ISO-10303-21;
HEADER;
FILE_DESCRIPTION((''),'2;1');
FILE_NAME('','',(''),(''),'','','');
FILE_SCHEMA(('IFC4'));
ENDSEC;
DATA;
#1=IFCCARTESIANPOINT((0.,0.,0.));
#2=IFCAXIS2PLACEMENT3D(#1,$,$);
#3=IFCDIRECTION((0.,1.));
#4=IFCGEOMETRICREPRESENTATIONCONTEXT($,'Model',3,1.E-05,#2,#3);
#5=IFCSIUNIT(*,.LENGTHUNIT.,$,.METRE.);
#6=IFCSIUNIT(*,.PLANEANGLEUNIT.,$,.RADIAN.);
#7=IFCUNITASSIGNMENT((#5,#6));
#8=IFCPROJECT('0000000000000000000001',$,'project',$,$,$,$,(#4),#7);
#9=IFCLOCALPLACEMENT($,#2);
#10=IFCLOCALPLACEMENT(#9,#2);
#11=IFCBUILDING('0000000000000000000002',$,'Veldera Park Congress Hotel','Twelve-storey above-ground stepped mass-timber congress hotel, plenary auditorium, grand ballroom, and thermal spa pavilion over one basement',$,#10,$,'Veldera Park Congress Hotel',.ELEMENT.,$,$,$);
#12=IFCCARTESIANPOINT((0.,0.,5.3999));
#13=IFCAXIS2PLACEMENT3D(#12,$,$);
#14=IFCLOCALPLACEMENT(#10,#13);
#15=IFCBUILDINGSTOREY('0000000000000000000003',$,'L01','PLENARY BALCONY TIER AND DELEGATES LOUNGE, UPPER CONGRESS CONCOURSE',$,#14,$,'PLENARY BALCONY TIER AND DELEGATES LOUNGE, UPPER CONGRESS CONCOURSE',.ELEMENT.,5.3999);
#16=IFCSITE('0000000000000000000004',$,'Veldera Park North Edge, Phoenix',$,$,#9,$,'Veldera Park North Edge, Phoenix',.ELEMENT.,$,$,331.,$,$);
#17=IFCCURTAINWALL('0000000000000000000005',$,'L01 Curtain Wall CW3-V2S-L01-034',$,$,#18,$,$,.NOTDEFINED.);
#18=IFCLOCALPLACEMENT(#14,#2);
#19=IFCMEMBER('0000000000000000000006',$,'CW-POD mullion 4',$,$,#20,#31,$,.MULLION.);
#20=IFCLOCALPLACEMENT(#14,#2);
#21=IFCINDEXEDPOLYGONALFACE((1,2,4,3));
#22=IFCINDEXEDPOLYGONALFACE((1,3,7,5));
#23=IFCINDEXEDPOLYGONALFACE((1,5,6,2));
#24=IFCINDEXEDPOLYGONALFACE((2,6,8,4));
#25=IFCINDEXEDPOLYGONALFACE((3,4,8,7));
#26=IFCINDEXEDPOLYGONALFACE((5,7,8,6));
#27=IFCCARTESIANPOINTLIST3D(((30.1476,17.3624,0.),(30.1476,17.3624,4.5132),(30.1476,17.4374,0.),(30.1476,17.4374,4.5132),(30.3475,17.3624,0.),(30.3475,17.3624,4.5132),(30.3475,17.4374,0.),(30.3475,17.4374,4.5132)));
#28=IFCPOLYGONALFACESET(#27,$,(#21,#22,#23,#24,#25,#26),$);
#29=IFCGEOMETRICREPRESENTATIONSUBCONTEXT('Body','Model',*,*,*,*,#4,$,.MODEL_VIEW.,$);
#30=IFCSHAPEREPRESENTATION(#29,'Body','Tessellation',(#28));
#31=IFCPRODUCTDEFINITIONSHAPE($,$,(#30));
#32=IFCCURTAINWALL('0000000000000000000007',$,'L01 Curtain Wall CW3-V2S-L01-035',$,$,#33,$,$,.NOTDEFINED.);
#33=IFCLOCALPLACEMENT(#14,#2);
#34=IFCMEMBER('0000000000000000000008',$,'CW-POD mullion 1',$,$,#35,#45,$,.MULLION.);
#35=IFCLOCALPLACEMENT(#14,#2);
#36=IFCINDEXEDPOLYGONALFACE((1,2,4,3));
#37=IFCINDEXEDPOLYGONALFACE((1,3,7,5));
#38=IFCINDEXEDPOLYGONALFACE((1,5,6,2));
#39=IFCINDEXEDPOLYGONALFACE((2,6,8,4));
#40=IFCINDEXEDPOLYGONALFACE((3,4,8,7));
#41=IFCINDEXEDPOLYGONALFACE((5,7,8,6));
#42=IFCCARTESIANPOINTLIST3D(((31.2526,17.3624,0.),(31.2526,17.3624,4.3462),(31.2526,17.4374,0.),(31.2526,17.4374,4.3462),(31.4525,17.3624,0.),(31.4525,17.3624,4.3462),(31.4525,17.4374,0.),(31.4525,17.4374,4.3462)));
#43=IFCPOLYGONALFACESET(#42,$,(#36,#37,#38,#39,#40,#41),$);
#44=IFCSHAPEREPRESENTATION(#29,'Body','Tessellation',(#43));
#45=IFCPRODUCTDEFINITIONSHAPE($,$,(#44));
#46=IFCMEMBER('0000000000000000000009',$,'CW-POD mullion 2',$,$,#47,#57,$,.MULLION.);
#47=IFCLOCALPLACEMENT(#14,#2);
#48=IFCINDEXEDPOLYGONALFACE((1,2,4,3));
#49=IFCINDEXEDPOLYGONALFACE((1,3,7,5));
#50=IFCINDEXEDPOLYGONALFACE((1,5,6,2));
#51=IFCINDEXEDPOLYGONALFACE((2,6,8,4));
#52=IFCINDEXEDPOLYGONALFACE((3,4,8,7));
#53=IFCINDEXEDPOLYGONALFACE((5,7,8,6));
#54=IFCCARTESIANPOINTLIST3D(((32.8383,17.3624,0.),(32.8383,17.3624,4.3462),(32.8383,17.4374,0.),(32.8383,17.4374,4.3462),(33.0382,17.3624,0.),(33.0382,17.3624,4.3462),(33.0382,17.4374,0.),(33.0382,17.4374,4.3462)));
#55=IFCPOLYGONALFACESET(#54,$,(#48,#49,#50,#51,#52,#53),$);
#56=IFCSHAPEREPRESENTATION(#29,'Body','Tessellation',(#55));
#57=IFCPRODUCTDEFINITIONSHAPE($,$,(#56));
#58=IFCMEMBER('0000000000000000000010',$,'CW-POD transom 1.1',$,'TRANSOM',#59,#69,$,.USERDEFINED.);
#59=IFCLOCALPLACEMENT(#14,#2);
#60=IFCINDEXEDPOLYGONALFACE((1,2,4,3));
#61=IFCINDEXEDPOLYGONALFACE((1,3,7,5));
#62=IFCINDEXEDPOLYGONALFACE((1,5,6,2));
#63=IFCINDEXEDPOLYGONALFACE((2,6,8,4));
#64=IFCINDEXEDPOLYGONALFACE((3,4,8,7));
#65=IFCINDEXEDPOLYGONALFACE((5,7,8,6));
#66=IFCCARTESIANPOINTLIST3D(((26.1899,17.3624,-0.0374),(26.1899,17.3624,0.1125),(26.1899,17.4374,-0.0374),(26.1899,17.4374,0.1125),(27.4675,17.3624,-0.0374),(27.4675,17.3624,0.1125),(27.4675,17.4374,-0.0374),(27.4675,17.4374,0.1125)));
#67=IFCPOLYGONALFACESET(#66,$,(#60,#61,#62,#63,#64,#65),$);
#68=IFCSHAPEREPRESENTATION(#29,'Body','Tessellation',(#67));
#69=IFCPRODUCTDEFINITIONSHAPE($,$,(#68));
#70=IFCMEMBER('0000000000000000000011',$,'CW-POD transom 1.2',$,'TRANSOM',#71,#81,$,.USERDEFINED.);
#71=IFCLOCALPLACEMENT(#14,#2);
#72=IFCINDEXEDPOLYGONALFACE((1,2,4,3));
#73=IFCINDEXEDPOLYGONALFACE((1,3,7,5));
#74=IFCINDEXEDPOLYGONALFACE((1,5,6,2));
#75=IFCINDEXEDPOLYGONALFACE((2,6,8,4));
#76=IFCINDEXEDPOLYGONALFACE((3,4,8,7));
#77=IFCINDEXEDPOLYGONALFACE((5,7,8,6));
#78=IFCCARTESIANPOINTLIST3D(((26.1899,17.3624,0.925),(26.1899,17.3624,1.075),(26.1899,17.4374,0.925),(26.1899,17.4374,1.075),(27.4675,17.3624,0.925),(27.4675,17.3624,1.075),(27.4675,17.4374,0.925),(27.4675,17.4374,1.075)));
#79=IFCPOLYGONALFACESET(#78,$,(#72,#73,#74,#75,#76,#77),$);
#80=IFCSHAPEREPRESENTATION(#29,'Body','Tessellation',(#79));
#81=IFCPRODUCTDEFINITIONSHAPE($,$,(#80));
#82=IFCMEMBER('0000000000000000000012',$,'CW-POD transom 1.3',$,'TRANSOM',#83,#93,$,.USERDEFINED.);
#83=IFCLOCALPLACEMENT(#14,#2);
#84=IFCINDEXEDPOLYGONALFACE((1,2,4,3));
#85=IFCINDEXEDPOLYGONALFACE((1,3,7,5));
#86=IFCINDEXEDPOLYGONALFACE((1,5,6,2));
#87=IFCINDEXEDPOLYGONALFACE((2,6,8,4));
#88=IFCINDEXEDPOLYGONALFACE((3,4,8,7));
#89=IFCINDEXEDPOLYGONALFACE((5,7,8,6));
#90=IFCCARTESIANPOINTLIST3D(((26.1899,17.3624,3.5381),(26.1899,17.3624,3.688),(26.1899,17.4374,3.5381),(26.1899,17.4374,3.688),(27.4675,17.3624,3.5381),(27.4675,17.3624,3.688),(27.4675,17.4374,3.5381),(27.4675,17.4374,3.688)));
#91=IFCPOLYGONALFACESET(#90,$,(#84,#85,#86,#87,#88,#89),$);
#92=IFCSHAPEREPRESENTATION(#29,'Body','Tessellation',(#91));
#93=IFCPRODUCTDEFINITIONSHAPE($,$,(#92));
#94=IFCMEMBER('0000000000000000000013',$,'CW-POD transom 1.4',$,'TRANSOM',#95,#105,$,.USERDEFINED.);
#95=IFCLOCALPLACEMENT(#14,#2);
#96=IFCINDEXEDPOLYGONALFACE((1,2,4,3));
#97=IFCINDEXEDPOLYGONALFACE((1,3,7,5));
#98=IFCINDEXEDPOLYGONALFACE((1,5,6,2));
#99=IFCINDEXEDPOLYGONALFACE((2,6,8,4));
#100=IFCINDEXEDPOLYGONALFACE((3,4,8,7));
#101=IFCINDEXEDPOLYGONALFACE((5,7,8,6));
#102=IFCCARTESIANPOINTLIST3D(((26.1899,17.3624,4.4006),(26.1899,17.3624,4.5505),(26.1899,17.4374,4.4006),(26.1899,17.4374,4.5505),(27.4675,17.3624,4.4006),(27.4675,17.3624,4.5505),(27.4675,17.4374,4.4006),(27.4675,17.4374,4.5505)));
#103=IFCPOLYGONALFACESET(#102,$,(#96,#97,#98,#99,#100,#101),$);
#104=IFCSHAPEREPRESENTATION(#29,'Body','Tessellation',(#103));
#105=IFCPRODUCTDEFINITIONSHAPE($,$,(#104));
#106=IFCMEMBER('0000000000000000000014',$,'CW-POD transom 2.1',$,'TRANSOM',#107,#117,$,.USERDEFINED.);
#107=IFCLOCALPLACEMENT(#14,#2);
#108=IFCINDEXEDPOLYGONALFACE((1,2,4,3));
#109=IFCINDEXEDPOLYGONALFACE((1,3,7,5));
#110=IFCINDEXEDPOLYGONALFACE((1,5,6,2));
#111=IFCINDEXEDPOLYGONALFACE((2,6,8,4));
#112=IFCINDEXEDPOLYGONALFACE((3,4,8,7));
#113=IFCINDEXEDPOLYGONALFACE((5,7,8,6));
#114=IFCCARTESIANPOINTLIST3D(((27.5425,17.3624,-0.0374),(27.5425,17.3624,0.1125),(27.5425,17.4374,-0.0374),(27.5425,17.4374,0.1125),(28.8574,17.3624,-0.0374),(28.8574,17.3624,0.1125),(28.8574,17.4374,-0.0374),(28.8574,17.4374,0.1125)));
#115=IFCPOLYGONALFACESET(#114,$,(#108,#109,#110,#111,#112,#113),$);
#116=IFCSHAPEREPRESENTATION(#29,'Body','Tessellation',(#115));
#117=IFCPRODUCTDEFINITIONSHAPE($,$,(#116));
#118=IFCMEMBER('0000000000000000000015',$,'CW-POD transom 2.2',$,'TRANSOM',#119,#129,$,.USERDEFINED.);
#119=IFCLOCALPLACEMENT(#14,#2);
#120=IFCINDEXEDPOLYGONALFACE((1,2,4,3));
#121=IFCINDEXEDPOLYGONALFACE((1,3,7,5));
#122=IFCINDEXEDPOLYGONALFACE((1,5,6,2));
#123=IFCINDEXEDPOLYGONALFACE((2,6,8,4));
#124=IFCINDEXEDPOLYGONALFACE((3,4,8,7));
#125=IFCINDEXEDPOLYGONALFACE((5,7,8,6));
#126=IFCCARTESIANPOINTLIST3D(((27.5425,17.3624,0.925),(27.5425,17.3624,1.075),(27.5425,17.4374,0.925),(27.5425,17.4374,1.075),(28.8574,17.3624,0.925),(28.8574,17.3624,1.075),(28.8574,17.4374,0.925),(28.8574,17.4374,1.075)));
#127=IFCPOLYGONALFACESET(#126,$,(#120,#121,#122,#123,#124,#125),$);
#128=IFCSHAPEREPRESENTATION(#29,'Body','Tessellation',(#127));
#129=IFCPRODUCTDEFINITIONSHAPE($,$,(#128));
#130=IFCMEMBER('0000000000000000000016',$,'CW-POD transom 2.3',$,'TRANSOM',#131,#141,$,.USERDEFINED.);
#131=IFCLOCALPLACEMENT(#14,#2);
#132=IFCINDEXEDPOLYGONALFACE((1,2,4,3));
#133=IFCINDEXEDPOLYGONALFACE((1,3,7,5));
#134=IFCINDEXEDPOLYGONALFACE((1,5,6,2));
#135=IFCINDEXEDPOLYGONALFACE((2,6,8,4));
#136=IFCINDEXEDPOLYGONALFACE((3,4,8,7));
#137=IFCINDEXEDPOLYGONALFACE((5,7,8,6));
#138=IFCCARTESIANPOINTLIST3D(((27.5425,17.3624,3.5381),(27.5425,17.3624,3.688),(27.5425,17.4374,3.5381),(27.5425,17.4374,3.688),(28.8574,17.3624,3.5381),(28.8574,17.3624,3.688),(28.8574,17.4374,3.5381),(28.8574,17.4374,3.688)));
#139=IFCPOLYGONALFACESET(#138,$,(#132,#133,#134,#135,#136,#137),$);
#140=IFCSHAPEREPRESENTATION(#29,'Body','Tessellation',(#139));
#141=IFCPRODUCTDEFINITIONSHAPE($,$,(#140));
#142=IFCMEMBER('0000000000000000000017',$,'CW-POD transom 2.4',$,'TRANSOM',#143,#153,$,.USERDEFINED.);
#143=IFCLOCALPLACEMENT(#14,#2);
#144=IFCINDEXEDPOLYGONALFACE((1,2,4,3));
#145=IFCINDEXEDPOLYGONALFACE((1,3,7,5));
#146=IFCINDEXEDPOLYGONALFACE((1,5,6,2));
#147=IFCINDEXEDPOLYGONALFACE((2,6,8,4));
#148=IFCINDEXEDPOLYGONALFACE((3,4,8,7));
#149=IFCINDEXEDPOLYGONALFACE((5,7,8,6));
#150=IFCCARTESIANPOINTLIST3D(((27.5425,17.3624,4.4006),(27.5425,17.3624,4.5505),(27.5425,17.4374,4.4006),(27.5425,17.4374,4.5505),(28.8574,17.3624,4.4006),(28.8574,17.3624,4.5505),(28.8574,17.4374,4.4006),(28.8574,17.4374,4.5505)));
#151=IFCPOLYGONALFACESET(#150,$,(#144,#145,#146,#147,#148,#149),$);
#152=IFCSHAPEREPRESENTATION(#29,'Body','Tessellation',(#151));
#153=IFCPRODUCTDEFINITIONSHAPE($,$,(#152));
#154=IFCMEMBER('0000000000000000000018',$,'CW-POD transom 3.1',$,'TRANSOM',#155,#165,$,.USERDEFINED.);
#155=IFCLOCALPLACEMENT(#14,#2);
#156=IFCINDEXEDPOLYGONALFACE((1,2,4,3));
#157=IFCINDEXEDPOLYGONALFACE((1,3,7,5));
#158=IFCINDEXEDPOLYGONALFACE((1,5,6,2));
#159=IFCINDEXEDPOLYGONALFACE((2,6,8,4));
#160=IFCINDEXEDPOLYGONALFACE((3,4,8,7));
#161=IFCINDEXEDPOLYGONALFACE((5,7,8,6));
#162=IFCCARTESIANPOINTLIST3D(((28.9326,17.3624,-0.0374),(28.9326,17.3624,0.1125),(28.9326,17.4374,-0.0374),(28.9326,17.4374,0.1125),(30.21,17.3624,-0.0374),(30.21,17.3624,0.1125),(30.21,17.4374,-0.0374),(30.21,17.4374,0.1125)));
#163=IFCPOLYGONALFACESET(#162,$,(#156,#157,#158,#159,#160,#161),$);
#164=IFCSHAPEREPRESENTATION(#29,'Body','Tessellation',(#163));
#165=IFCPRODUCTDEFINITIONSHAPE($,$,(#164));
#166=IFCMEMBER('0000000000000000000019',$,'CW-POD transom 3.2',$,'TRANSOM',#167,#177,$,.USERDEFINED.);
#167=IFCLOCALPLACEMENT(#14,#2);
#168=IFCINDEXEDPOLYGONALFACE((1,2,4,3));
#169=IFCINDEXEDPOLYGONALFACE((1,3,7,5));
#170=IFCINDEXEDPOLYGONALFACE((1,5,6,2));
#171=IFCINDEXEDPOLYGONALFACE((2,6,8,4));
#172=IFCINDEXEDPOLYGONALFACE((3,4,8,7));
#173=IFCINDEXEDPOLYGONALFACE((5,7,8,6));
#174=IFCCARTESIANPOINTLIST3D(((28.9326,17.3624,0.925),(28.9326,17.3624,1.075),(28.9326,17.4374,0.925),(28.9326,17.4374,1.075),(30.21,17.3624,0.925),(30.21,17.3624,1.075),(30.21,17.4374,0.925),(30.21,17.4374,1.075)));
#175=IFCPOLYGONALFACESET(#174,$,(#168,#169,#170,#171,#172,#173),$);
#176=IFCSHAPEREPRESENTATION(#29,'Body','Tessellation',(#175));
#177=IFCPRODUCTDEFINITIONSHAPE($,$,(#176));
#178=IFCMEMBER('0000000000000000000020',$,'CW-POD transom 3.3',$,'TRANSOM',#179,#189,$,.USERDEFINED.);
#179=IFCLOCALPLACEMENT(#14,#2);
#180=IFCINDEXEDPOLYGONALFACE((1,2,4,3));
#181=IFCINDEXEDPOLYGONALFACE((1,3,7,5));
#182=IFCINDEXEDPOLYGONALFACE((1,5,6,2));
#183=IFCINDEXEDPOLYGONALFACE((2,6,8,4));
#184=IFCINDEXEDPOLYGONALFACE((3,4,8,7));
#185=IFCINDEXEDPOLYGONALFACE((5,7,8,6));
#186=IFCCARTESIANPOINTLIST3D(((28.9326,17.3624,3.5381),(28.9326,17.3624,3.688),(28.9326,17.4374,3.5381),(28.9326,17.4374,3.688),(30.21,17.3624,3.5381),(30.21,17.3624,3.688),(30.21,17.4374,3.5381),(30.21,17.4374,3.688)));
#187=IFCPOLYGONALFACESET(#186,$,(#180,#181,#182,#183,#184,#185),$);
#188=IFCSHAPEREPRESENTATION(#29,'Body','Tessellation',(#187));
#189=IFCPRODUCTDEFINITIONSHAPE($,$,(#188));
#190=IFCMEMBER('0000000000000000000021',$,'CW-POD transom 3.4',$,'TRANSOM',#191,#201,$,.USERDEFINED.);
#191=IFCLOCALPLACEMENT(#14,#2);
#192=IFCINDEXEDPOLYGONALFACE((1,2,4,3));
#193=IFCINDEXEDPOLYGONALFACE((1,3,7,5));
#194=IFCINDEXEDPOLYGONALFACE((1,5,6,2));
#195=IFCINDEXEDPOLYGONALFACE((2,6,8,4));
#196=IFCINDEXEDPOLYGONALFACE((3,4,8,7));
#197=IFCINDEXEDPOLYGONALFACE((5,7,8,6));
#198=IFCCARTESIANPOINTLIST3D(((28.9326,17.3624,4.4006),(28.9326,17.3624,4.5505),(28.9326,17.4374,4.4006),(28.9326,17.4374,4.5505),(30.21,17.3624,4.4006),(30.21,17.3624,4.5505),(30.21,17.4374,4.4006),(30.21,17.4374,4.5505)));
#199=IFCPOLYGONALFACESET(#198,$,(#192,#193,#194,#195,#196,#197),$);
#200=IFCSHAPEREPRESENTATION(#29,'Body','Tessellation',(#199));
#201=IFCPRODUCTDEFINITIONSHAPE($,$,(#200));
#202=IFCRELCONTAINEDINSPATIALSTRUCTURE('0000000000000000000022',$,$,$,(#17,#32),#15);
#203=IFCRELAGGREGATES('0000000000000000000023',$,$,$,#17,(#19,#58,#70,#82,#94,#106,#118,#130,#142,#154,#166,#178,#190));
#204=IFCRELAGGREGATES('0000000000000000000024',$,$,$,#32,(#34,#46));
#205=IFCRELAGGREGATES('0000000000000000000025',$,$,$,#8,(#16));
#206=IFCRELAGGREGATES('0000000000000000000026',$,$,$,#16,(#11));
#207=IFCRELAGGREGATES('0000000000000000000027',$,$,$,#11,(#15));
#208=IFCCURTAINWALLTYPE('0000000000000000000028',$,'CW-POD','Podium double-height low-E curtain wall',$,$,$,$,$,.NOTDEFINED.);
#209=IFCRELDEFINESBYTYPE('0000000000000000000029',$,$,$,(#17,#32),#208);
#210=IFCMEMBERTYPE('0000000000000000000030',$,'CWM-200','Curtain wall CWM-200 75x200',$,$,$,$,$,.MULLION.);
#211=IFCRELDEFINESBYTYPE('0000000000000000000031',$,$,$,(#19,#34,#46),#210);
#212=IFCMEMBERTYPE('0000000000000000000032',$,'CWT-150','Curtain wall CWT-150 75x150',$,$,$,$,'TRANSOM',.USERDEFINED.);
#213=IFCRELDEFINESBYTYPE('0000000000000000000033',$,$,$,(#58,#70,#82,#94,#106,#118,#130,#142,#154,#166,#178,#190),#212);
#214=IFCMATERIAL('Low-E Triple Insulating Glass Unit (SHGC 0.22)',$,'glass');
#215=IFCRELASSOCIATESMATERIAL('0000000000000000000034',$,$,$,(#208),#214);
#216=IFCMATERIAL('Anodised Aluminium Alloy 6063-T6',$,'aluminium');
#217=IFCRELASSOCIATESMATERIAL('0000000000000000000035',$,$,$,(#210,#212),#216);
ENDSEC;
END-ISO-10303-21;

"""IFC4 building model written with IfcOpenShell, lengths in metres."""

from ifc_helpers import new_model, si_unit, direction, frame, origin, origin_2d, place, context, subcontext, project, spatial, rectangle, extrude, material, material_profile, profile_set, type_object, element, aggregate, save


model = new_model("IFC4")

# Units and contexts
model_context = context("Model", 3, precision=1e-05, world=origin(), true_north=direction((0.0, 1.0)))
body_context = subcontext(model_context, "Body", "Model", "MODEL_VIEW")
ifc_project = project(units=[si_unit("LENGTHUNIT", "METRE"), si_unit("PLANEANGLEUNIT", "RADIAN")], contexts=[model_context])

# Site, building, storey
site_placement = place(None, origin())
site = spatial("IfcSite", under=ifc_project, at=site_placement, Name="Veldera Park North Edge, Phoenix", LongName="Veldera Park North Edge, Phoenix", CompositionType="ELEMENT", RefElevation=331.0)
building_placement = place(site_placement, origin())
building = spatial("IfcBuilding", under=site, at=building_placement, Name="Veldera Park Congress Hotel", Description="Twelve-storey above-ground stepped mass-timber congress hotel, plenary auditorium, grand ballroom, and thermal spa pavilion over one basement", LongName="Veldera Park Congress Hotel", CompositionType="ELEMENT")
storey_placement = place(building_placement, frame((0.0, 0.0, 5.3999)))
storey = spatial("IfcBuildingStorey", under=building, at=storey_placement, Name="L01", Description="PLENARY BALCONY TIER AND DELEGATES LOUNGE, UPPER CONGRESS CONCOURSE", LongName="PLENARY BALCONY TIER AND DELEGATES LOUNGE, UPPER CONGRESS CONCOURSE", CompositionType="ELEMENT", Elevation=5.3999)

# Shared definitions
ifc_material_1 = material(Name="Low-E Triple Insulating Glass Unit (SHGC 0.22)", Category="glass")
curtain_wall_type = type_object("IfcCurtainWallType", Name="CW-POD", Description="Podium double-height low-E curtain wall", PredefinedType="NOTDEFINED", material=ifc_material_1)
ifc_material_2 = material(Name="Anodised Aluminium Alloy 6063-T6", Category="aluminium")
ifc_material_profile_1 = material_profile(ifc_material_2, rectangle(XDim=0.075, YDim=0.2, at=origin_2d()), Name="ALU 75x200")
ifc_profile_set_1 = profile_set([ifc_material_profile_1], Name="Anodised Aluminium Alloy 6063-T6")
member_type_1 = type_object("IfcMemberType", Name="CWM-200", Description="Curtain wall CWM-200 75x200", PredefinedType="MULLION", material=ifc_profile_set_1)

# Curtain walls, members
curtain_wall_1_placement = place(storey_placement, origin())
curtain_wall_1 = element("IfcCurtainWall", 1, at=curtain_wall_1_placement, inside=storey, type_object=curtain_wall_type, Name="L01 Curtain Wall CW3-V2S-L01-034", PredefinedType="NOTDEFINED")
member_1_placement = place(storey_placement, frame((30.2476, 17.3999, 0.0), z_axis=(0.0, 0.0, 1.0), x_axis=(0.0, 1.0, 0.0)))
member_1 = element("IfcMember", 2, at=member_1_placement, type_object=member_type_1, Name="CW-POD mullion 4", PredefinedType="MULLION", context=body_context, shape_type="SweptSolid", body=[
    extrude(rectangle(XDim=0.075, YDim=0.2, at=origin_2d()), origin(), (0.0, 0.0, 1.0), 4.5132),
])
curtain_wall_2_placement = place(storey_placement, origin())
curtain_wall_2 = element("IfcCurtainWall", 3, at=curtain_wall_2_placement, inside=storey, type_object=curtain_wall_type, Name="L01 Curtain Wall CW3-V2S-L01-035", PredefinedType="NOTDEFINED")
member_2_placement = place(storey_placement, frame((31.3525, 17.3999, 0.0), z_axis=(0.0, 0.0, 1.0), x_axis=(0.0, 1.0, 0.0)))
member_2 = element("IfcMember", 4, at=member_2_placement, type_object=member_type_1, Name="CW-POD mullion 1", PredefinedType="MULLION", context=body_context, shape_type="SweptSolid", body=[
    extrude(rectangle(XDim=0.075, YDim=0.2, at=origin_2d()), origin(), (0.0, 0.0, 1.0), 4.3462),
])
member_3_placement = place(storey_placement, frame((32.9382, 17.3999, 0.0), z_axis=(0.0, 0.0, 1.0), x_axis=(0.0, 1.0, 0.0)))
member_3 = element("IfcMember", 5, at=member_3_placement, type_object=member_type_1, Name="CW-POD mullion 2", PredefinedType="MULLION", context=body_context, shape_type="SweptSolid", body=[
    extrude(rectangle(XDim=0.075, YDim=0.2, at=origin_2d()), origin(), (0.0, 0.0, 1.0), 4.3462),
])

# Members
ifc_material_profile_2 = material_profile(ifc_material_2, rectangle(XDim=0.075, YDim=0.1499, at=origin_2d()), Name="ALU 75x150")
ifc_profile_set_2 = profile_set([ifc_material_profile_2], Name="Anodised Aluminium Alloy 6063-T6")
member_type_2 = type_object("IfcMemberType", Name="CWT-150", Description="Curtain wall CWT-150 75x150", ElementType="TRANSOM", PredefinedType="USERDEFINED", material=ifc_profile_set_2)
member_4_placement = place(storey_placement, frame((26.1899, 17.3999, 0.0376), z_axis=(1.0, 0.0, 0.0), x_axis=(0.0, 1.0, 0.0)))
member_4 = element("IfcMember", 6, at=member_4_placement, type_object=member_type_2, Name="CW-POD transom 1.1", ObjectType="TRANSOM", PredefinedType="USERDEFINED", context=body_context, shape_type="SweptSolid", body=[
    extrude(rectangle(XDim=0.075, YDim=0.1499, at=origin_2d()), origin(), (0.0, 0.0, 1.0), 1.2776),
])
member_5_placement = place(storey_placement, frame((26.1899, 17.3999, 1.0), z_axis=(1.0, 0.0, 0.0), x_axis=(0.0, 1.0, 0.0)))
member_5 = element("IfcMember", 7, at=member_5_placement, type_object=member_type_2, Name="CW-POD transom 1.2", ObjectType="TRANSOM", PredefinedType="USERDEFINED", context=body_context, shape_type="SweptSolid", body=[
    extrude(rectangle(XDim=0.075, YDim=0.1499, at=origin_2d()), origin(), (0.0, 0.0, 1.0), 1.2776),
])
member_6_placement = place(storey_placement, frame((26.1899, 17.3999, 3.613), z_axis=(1.0, 0.0, 0.0), x_axis=(0.0, 1.0, 0.0)))
member_6 = element("IfcMember", 8, at=member_6_placement, type_object=member_type_2, Name="CW-POD transom 1.3", ObjectType="TRANSOM", PredefinedType="USERDEFINED", context=body_context, shape_type="SweptSolid", body=[
    extrude(rectangle(XDim=0.075, YDim=0.1499, at=origin_2d()), origin(), (0.0, 0.0, 1.0), 1.2776),
])
member_7_placement = place(storey_placement, frame((26.1899, 17.3999, 4.4756), z_axis=(1.0, 0.0, 0.0), x_axis=(0.0, 1.0, 0.0)))
member_7 = element("IfcMember", 9, at=member_7_placement, type_object=member_type_2, Name="CW-POD transom 1.4", ObjectType="TRANSOM", PredefinedType="USERDEFINED", context=body_context, shape_type="SweptSolid", body=[
    extrude(rectangle(XDim=0.075, YDim=0.1499, at=origin_2d()), origin(), (0.0, 0.0, 1.0), 1.2776),
])
member_8_placement = place(storey_placement, frame((27.5425, 17.3999, 0.0376), z_axis=(1.0, 0.0, 0.0), x_axis=(0.0, 1.0, 0.0)))
member_8 = element("IfcMember", 10, at=member_8_placement, type_object=member_type_2, Name="CW-POD transom 2.1", ObjectType="TRANSOM", PredefinedType="USERDEFINED", context=body_context, shape_type="SweptSolid", body=[
    extrude(rectangle(XDim=0.075, YDim=0.1499, at=origin_2d()), origin(), (0.0, 0.0, 1.0), 1.3149),
])
member_9_placement = place(storey_placement, frame((27.5425, 17.3999, 1.0), z_axis=(1.0, 0.0, 0.0), x_axis=(0.0, 1.0, 0.0)))
member_9 = element("IfcMember", 11, at=member_9_placement, type_object=member_type_2, Name="CW-POD transom 2.2", ObjectType="TRANSOM", PredefinedType="USERDEFINED", context=body_context, shape_type="SweptSolid", body=[
    extrude(rectangle(XDim=0.075, YDim=0.1499, at=origin_2d()), origin(), (0.0, 0.0, 1.0), 1.3149),
])
member_10_placement = place(storey_placement, frame((27.5425, 17.3999, 3.613), z_axis=(1.0, 0.0, 0.0), x_axis=(0.0, 1.0, 0.0)))
member_10 = element("IfcMember", 12, at=member_10_placement, type_object=member_type_2, Name="CW-POD transom 2.3", ObjectType="TRANSOM", PredefinedType="USERDEFINED", context=body_context, shape_type="SweptSolid", body=[
    extrude(rectangle(XDim=0.075, YDim=0.1499, at=origin_2d()), origin(), (0.0, 0.0, 1.0), 1.3149),
])
member_11_placement = place(storey_placement, frame((27.5425, 17.3999, 4.4756), z_axis=(1.0, 0.0, 0.0), x_axis=(0.0, 1.0, 0.0)))
member_11 = element("IfcMember", 13, at=member_11_placement, type_object=member_type_2, Name="CW-POD transom 2.4", ObjectType="TRANSOM", PredefinedType="USERDEFINED", context=body_context, shape_type="SweptSolid", body=[
    extrude(rectangle(XDim=0.075, YDim=0.1499, at=origin_2d()), origin(), (0.0, 0.0, 1.0), 1.3149),
])
member_12_placement = place(storey_placement, frame((28.9326, 17.3999, 0.0376), z_axis=(1.0, 0.0, 0.0), x_axis=(0.0, 1.0, 0.0)))
member_12 = element("IfcMember", 14, at=member_12_placement, type_object=member_type_2, Name="CW-POD transom 3.1", ObjectType="TRANSOM", PredefinedType="USERDEFINED", context=body_context, shape_type="SweptSolid", body=[
    extrude(rectangle(XDim=0.075, YDim=0.1499, at=origin_2d()), origin(), (0.0, 0.0, 1.0), 1.2773),
])
member_13_placement = place(storey_placement, frame((28.9326, 17.3999, 1.0), z_axis=(1.0, 0.0, 0.0), x_axis=(0.0, 1.0, 0.0)))
member_13 = element("IfcMember", 15, at=member_13_placement, type_object=member_type_2, Name="CW-POD transom 3.2", ObjectType="TRANSOM", PredefinedType="USERDEFINED", context=body_context, shape_type="SweptSolid", body=[
    extrude(rectangle(XDim=0.075, YDim=0.1499, at=origin_2d()), origin(), (0.0, 0.0, 1.0), 1.2773),
])
member_14_placement = place(storey_placement, frame((28.9326, 17.3999, 3.613), z_axis=(1.0, 0.0, 0.0), x_axis=(0.0, 1.0, 0.0)))
member_14 = element("IfcMember", 16, at=member_14_placement, type_object=member_type_2, Name="CW-POD transom 3.3", ObjectType="TRANSOM", PredefinedType="USERDEFINED", context=body_context, shape_type="SweptSolid", body=[
    extrude(rectangle(XDim=0.075, YDim=0.1499, at=origin_2d()), origin(), (0.0, 0.0, 1.0), 1.2773),
])
member_15_placement = place(storey_placement, frame((28.9326, 17.3999, 4.4756), z_axis=(1.0, 0.0, 0.0), x_axis=(0.0, 1.0, 0.0)))
member_15 = element("IfcMember", 17, at=member_15_placement, type_object=member_type_2, Name="CW-POD transom 3.4", ObjectType="TRANSOM", PredefinedType="USERDEFINED", context=body_context, shape_type="SweptSolid", body=[
    extrude(rectangle(XDim=0.075, YDim=0.1499, at=origin_2d()), origin(), (0.0, 0.0, 1.0), 1.2773),
])

aggregate(curtain_wall_1, [member_1, member_4, member_5, member_6, member_7, member_8, member_9, member_10, member_11, member_12, member_13, member_14, member_15])
aggregate(curtain_wall_2, [member_2, member_3])

save(model, "model.ifc")
